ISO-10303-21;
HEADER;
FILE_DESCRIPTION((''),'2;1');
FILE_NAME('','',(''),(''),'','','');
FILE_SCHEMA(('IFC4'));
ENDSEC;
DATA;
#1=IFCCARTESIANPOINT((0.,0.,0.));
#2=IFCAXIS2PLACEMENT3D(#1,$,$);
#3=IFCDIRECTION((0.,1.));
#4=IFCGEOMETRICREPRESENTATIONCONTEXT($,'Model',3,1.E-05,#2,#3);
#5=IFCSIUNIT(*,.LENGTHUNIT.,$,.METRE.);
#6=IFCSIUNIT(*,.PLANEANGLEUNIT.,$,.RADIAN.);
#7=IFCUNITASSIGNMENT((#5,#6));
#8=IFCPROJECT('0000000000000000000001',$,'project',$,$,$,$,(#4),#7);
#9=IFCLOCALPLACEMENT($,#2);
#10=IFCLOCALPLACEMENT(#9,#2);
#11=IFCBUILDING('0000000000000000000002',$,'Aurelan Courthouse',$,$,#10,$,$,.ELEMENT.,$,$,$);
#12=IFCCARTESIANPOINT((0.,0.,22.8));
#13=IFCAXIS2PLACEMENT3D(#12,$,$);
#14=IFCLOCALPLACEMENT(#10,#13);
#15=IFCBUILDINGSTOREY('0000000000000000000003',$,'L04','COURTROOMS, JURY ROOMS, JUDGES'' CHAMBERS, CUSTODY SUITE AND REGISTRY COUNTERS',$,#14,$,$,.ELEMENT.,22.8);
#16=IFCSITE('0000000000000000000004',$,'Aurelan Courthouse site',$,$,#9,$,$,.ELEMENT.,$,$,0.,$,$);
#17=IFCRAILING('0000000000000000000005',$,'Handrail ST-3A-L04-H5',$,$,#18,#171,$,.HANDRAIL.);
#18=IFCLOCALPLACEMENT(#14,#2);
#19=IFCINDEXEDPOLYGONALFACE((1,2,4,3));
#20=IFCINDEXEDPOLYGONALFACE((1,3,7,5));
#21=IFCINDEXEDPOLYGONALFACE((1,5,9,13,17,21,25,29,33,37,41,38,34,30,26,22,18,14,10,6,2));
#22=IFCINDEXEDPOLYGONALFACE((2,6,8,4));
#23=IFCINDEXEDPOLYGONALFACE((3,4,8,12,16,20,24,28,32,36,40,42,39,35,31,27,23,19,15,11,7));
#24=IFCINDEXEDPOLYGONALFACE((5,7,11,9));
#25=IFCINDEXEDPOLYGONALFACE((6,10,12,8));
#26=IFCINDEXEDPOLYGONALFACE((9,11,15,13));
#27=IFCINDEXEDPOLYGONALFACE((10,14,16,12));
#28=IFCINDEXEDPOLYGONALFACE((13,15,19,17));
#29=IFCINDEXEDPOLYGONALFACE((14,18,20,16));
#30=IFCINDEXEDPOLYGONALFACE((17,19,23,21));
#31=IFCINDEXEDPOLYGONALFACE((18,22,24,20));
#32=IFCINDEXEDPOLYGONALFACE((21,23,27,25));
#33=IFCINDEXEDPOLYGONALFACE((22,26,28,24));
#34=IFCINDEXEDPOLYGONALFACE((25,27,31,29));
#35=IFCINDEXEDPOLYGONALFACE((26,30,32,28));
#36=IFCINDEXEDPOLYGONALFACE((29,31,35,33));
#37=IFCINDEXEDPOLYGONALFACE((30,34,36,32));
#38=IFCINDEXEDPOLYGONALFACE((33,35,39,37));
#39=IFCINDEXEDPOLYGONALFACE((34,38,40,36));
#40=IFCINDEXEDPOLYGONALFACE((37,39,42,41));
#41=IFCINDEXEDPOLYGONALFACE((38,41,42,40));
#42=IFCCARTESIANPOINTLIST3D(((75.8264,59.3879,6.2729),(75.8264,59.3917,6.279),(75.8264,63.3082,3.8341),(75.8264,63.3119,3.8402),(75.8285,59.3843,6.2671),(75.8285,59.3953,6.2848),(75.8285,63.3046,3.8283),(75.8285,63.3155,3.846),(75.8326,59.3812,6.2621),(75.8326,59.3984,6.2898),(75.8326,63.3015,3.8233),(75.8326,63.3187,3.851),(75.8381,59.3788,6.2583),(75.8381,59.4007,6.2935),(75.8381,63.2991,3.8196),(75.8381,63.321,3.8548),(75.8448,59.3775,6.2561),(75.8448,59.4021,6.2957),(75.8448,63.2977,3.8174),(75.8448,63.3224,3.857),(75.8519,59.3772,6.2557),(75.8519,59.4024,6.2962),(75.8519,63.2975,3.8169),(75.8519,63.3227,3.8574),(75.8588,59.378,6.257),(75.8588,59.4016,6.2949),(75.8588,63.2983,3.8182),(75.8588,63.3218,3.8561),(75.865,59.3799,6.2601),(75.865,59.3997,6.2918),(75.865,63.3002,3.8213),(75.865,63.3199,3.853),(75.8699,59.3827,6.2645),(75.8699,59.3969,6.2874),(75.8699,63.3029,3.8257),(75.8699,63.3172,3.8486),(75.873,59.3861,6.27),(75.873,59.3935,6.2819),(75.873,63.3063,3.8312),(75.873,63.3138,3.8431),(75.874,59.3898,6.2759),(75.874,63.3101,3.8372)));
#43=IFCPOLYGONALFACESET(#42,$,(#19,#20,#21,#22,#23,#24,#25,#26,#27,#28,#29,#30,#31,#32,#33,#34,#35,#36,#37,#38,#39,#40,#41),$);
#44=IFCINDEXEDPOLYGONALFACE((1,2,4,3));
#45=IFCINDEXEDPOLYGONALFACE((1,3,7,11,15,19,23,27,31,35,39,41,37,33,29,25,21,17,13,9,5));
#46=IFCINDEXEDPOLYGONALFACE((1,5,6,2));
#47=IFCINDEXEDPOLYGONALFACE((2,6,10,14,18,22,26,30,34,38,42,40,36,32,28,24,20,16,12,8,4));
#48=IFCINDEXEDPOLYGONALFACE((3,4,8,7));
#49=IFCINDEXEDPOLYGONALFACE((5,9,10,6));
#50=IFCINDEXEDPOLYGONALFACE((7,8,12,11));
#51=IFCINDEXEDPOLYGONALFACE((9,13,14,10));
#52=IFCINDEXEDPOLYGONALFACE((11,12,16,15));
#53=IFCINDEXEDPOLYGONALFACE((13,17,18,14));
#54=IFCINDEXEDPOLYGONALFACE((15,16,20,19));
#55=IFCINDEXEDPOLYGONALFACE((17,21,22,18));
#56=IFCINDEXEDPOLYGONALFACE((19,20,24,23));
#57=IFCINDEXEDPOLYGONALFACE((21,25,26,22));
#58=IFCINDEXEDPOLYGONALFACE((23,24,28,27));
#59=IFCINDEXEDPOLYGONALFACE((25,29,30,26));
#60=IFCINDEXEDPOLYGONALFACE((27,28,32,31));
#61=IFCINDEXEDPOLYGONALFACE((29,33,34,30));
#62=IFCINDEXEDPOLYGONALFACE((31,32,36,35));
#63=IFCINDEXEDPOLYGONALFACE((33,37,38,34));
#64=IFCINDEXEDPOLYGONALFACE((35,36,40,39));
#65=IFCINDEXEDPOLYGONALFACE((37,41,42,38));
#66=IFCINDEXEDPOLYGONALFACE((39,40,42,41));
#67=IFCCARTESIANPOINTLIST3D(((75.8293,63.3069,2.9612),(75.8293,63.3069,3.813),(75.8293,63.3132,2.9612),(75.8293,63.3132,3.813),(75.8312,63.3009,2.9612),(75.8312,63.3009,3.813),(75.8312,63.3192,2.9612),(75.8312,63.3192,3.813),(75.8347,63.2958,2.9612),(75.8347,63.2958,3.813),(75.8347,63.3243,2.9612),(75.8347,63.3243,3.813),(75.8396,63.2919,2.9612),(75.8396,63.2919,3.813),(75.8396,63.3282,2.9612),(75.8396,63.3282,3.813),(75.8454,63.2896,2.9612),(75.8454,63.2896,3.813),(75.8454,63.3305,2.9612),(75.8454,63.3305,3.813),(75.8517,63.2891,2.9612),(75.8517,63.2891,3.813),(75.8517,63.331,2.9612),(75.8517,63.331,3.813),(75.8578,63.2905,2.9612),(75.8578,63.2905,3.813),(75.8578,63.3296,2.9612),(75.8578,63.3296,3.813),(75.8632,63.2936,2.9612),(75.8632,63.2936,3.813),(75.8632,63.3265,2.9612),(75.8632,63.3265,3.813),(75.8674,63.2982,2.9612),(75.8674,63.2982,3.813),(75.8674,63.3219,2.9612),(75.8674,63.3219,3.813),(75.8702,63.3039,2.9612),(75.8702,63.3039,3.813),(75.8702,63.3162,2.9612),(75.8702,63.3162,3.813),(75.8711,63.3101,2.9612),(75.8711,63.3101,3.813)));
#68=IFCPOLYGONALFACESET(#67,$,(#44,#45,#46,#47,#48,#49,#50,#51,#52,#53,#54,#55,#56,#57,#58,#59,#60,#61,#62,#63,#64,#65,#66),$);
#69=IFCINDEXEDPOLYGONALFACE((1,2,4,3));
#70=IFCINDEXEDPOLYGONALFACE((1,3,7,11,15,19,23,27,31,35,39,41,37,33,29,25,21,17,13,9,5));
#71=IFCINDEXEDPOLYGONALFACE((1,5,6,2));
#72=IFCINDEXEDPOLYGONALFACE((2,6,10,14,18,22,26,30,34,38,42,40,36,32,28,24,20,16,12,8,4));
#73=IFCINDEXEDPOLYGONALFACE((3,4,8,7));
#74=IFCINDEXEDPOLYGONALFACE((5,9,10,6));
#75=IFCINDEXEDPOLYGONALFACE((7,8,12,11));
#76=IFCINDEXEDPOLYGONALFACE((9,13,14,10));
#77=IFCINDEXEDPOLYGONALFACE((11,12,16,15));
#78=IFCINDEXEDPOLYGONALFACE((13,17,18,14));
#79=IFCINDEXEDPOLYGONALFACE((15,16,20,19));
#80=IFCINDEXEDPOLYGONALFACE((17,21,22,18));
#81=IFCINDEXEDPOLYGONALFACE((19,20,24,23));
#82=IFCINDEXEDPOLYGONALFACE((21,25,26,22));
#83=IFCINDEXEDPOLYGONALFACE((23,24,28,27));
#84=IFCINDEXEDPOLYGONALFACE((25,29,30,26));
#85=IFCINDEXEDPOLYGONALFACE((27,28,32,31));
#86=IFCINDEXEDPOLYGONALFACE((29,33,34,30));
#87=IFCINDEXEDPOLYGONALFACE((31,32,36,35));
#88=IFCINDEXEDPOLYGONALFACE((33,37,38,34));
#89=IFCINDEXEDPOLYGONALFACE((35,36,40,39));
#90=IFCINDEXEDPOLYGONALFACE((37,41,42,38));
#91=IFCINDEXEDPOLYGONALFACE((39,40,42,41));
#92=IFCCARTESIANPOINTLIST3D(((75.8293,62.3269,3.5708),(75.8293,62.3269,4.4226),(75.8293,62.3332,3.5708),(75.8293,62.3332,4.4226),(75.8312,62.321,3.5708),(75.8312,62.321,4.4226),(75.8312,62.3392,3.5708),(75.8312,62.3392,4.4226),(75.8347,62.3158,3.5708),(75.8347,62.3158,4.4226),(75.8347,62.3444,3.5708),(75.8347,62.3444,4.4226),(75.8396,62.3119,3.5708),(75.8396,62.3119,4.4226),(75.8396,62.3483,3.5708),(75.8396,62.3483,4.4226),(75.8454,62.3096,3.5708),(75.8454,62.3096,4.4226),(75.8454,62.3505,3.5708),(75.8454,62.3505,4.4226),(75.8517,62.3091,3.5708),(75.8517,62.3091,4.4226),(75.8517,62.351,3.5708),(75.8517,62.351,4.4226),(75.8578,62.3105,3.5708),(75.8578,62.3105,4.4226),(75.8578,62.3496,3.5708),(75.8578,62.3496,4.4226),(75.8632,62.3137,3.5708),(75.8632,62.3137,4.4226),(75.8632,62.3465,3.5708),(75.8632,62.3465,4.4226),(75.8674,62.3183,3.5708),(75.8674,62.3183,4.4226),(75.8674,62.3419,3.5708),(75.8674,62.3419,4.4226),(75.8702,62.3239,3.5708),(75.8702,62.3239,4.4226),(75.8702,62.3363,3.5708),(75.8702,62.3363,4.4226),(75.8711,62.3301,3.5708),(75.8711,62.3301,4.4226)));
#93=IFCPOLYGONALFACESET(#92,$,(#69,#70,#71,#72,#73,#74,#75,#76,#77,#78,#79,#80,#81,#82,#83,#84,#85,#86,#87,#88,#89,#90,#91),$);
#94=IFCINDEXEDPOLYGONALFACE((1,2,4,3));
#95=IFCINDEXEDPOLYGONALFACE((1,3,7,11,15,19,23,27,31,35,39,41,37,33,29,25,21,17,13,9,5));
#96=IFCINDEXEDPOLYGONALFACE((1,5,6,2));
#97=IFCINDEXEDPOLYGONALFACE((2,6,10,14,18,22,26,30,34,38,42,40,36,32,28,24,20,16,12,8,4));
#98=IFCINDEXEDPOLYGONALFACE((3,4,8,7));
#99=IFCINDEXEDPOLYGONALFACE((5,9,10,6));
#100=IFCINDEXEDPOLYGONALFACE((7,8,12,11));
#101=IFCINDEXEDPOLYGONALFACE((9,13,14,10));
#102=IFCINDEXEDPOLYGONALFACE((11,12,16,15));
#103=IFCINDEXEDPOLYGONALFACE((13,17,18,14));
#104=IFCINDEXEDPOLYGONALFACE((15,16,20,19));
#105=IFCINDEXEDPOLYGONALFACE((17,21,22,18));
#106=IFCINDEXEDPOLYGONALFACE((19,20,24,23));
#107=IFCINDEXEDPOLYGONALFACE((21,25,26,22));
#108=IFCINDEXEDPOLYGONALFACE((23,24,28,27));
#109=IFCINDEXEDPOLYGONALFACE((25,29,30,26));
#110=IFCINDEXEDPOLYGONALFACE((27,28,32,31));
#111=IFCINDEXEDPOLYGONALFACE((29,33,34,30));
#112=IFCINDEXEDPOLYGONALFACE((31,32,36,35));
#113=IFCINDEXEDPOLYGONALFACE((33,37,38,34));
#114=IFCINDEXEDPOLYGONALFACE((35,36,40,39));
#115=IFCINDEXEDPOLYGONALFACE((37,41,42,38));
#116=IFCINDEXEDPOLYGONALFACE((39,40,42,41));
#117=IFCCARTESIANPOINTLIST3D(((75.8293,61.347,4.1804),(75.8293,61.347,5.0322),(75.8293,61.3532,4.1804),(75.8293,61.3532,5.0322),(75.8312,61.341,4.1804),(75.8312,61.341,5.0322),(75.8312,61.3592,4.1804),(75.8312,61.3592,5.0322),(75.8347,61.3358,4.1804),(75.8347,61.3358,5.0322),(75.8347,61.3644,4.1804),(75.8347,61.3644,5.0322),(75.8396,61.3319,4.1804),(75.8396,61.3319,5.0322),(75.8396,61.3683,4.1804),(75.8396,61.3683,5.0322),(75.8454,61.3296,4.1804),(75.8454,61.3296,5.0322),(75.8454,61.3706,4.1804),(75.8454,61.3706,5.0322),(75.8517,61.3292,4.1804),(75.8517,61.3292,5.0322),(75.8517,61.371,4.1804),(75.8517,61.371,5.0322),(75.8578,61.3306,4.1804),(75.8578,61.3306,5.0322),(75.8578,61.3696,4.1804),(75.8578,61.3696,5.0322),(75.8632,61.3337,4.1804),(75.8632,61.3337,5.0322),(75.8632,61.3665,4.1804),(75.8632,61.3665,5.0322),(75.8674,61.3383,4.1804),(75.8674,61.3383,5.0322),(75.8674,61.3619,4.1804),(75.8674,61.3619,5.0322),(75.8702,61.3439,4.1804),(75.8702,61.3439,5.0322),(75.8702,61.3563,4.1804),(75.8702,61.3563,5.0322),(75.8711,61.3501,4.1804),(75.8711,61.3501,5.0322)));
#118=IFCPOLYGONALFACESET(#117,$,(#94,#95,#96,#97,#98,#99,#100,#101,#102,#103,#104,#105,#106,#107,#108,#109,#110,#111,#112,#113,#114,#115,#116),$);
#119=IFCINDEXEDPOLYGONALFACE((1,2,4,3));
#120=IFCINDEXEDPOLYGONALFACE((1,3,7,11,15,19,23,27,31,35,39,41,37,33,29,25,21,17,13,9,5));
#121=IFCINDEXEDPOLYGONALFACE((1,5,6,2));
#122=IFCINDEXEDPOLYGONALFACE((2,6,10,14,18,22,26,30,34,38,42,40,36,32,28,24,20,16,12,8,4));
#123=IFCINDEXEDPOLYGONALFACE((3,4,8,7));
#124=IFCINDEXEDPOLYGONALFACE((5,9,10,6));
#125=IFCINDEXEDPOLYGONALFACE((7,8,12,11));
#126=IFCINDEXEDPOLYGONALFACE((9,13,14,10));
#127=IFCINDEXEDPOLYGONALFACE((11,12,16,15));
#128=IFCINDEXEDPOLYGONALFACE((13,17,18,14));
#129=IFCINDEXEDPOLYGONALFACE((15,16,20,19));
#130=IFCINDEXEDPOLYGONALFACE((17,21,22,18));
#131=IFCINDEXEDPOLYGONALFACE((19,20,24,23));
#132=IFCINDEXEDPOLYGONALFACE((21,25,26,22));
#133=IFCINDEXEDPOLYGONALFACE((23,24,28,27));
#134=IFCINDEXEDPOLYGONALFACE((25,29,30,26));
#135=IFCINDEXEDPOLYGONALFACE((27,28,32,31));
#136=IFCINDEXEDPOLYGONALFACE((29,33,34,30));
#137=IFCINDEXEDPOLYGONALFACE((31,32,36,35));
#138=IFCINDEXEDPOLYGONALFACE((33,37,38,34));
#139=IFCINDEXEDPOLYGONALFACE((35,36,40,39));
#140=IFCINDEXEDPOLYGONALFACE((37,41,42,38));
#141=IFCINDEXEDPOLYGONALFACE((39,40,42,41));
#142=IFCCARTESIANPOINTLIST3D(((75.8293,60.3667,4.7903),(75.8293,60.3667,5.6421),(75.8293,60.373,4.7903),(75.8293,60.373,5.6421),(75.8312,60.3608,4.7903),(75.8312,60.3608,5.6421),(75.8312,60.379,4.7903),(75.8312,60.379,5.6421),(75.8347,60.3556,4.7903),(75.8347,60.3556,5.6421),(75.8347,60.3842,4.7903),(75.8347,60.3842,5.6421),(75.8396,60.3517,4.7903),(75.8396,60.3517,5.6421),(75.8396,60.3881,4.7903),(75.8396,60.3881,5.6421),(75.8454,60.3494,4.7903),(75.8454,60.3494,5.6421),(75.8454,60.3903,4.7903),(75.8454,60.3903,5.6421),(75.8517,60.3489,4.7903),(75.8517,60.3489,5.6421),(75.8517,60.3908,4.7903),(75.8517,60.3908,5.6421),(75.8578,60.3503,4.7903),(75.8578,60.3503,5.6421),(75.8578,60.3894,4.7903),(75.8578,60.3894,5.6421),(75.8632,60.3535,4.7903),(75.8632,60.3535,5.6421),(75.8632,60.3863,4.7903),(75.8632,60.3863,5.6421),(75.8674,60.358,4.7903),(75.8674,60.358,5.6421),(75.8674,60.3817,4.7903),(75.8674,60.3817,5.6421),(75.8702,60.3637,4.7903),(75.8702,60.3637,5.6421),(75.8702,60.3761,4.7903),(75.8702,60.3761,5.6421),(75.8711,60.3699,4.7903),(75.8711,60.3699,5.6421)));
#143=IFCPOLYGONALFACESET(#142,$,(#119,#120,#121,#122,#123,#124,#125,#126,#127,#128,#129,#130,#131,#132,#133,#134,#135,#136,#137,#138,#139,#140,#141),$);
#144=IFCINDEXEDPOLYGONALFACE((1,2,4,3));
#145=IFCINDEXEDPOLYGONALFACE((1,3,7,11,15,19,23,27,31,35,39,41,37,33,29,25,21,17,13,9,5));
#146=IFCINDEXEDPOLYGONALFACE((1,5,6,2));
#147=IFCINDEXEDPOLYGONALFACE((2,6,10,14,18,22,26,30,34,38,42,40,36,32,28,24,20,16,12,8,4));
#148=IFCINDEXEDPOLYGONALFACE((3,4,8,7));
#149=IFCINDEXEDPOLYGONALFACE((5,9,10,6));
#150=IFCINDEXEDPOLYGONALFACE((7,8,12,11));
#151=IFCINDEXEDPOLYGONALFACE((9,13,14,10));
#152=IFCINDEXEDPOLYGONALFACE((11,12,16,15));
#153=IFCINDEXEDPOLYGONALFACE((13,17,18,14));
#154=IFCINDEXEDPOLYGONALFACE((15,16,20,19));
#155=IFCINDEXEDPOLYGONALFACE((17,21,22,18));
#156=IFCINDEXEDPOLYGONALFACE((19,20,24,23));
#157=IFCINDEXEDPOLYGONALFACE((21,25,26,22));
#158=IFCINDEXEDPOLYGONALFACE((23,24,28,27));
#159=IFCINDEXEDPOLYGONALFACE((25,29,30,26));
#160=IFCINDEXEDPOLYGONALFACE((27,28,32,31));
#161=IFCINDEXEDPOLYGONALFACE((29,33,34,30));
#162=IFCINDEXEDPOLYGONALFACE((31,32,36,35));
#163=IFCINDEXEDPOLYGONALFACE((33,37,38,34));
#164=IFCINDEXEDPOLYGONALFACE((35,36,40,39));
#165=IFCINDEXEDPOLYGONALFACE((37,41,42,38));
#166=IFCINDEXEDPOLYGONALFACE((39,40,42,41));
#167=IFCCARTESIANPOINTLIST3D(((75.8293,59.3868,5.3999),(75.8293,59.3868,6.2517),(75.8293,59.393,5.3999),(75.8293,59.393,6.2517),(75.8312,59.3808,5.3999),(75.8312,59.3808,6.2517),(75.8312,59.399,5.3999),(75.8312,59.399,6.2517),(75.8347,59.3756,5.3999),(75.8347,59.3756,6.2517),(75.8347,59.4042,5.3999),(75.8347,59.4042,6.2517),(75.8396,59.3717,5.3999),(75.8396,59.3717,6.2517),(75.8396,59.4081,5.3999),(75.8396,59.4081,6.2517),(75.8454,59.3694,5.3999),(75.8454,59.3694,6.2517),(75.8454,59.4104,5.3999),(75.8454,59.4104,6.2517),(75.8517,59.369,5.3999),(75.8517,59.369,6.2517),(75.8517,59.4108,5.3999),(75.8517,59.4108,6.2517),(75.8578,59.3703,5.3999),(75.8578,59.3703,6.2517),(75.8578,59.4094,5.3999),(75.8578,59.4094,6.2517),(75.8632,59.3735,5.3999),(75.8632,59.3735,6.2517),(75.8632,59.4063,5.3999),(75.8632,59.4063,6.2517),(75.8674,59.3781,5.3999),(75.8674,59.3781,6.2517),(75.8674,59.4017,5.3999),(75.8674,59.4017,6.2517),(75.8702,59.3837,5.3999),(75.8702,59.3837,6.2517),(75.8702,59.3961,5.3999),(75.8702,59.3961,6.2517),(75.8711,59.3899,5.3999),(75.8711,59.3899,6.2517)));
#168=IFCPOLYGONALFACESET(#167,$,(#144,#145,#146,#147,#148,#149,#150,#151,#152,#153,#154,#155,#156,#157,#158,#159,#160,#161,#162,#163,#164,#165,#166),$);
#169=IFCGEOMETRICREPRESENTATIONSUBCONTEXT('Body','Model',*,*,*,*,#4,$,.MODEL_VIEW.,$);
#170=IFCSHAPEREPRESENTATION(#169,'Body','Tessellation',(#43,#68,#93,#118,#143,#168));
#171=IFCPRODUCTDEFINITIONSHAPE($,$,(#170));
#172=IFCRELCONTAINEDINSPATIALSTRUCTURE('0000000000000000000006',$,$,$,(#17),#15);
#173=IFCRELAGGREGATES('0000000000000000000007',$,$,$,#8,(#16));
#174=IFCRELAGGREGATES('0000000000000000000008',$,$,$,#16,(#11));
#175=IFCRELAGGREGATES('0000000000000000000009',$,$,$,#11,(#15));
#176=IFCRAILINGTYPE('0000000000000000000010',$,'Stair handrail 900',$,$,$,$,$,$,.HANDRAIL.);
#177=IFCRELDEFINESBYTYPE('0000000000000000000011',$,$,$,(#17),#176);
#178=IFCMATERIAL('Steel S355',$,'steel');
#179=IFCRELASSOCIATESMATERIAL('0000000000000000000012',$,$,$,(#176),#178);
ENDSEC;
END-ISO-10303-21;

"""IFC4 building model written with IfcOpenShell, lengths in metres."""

from ifc_helpers import new_model, si_unit, direction, frame, origin, origin_2d, place, context, subcontext, project, spatial, circle, extrude, material, type_object, element, save


model = new_model("IFC4")

# Units and contexts
model_context = context("Model", 3, precision=1e-05, world=origin(), true_north=direction((0.0, 1.0)))
body_context = subcontext(model_context, "Body", "Model", "MODEL_VIEW")
ifc_project = project(units=[si_unit("LENGTHUNIT", "METRE"), si_unit("PLANEANGLEUNIT", "RADIAN")], contexts=[model_context])

# Site, building, storey
site_placement = place(None, origin())
site = spatial("IfcSite", under=ifc_project, at=site_placement, Name="Aurelan Courthouse site", CompositionType="ELEMENT", RefElevation=0.0)
building_placement = place(site_placement, origin())
building = spatial("IfcBuilding", under=site, at=building_placement, Name="Aurelan Courthouse", CompositionType="ELEMENT")
storey_placement = place(building_placement, frame((0.0, 0.0, 22.8)))
storey = spatial("IfcBuildingStorey", under=building, at=storey_placement, Name="L04", Description="COURTROOMS, JURY ROOMS, JUDGES' CHAMBERS, CUSTODY SUITE AND REGISTRY COUNTERS", CompositionType="ELEMENT", Elevation=22.8)

# Railing
ifc_material_1 = material(Name="Steel S355", Category="steel")
railing_type_1 = type_object("IfcRailingType", Name="Stair handrail 900", PredefinedType="HANDRAIL", material=ifc_material_1)
for number, where, name in (
    (1, (75.8501, 63.3101, 2.9612), "Handrail ST-3A-L04-H5"),
):
    element("IfcRailing", number, at=place(storey_placement, frame(where)), inside=storey, type_object=railing_type_1, Name=name, PredefinedType="HANDRAIL", context=body_context, shape_type="SweptSolid", body=[
        extrude(circle(Radius=0.0239, at=origin_2d()), frame((0.0, 0.0, 0.876), z_axis=(0.0, -0.849105, 0.528225), x_axis=(1.0, 0.0, 0.0)), (0.0, 0.0, 1.0), 4.6169),
        extrude(circle(Radius=0.021, at=origin_2d()), origin(), (0.0, 0.0, 1.0), 0.8518),
        extrude(circle(Radius=0.021, at=origin_2d()), frame((0.0, -0.98, 0.6096)), (0.0, 0.0, 1.0), 0.8518),
        extrude(circle(Radius=0.021, at=origin_2d()), frame((0.0, -1.96, 1.2192)), (0.0, 0.0, 1.0), 0.8518),
        extrude(circle(Radius=0.021, at=origin_2d()), frame((0.0, -2.9402, 1.8291)), (0.0, 0.0, 1.0), 0.8518),
        extrude(circle(Radius=0.021, at=origin_2d()), frame((0.0, -3.9202, 2.4387)), (0.0, 0.0, 1.0), 0.8518),
    ])

save(model, "model.ifc")
